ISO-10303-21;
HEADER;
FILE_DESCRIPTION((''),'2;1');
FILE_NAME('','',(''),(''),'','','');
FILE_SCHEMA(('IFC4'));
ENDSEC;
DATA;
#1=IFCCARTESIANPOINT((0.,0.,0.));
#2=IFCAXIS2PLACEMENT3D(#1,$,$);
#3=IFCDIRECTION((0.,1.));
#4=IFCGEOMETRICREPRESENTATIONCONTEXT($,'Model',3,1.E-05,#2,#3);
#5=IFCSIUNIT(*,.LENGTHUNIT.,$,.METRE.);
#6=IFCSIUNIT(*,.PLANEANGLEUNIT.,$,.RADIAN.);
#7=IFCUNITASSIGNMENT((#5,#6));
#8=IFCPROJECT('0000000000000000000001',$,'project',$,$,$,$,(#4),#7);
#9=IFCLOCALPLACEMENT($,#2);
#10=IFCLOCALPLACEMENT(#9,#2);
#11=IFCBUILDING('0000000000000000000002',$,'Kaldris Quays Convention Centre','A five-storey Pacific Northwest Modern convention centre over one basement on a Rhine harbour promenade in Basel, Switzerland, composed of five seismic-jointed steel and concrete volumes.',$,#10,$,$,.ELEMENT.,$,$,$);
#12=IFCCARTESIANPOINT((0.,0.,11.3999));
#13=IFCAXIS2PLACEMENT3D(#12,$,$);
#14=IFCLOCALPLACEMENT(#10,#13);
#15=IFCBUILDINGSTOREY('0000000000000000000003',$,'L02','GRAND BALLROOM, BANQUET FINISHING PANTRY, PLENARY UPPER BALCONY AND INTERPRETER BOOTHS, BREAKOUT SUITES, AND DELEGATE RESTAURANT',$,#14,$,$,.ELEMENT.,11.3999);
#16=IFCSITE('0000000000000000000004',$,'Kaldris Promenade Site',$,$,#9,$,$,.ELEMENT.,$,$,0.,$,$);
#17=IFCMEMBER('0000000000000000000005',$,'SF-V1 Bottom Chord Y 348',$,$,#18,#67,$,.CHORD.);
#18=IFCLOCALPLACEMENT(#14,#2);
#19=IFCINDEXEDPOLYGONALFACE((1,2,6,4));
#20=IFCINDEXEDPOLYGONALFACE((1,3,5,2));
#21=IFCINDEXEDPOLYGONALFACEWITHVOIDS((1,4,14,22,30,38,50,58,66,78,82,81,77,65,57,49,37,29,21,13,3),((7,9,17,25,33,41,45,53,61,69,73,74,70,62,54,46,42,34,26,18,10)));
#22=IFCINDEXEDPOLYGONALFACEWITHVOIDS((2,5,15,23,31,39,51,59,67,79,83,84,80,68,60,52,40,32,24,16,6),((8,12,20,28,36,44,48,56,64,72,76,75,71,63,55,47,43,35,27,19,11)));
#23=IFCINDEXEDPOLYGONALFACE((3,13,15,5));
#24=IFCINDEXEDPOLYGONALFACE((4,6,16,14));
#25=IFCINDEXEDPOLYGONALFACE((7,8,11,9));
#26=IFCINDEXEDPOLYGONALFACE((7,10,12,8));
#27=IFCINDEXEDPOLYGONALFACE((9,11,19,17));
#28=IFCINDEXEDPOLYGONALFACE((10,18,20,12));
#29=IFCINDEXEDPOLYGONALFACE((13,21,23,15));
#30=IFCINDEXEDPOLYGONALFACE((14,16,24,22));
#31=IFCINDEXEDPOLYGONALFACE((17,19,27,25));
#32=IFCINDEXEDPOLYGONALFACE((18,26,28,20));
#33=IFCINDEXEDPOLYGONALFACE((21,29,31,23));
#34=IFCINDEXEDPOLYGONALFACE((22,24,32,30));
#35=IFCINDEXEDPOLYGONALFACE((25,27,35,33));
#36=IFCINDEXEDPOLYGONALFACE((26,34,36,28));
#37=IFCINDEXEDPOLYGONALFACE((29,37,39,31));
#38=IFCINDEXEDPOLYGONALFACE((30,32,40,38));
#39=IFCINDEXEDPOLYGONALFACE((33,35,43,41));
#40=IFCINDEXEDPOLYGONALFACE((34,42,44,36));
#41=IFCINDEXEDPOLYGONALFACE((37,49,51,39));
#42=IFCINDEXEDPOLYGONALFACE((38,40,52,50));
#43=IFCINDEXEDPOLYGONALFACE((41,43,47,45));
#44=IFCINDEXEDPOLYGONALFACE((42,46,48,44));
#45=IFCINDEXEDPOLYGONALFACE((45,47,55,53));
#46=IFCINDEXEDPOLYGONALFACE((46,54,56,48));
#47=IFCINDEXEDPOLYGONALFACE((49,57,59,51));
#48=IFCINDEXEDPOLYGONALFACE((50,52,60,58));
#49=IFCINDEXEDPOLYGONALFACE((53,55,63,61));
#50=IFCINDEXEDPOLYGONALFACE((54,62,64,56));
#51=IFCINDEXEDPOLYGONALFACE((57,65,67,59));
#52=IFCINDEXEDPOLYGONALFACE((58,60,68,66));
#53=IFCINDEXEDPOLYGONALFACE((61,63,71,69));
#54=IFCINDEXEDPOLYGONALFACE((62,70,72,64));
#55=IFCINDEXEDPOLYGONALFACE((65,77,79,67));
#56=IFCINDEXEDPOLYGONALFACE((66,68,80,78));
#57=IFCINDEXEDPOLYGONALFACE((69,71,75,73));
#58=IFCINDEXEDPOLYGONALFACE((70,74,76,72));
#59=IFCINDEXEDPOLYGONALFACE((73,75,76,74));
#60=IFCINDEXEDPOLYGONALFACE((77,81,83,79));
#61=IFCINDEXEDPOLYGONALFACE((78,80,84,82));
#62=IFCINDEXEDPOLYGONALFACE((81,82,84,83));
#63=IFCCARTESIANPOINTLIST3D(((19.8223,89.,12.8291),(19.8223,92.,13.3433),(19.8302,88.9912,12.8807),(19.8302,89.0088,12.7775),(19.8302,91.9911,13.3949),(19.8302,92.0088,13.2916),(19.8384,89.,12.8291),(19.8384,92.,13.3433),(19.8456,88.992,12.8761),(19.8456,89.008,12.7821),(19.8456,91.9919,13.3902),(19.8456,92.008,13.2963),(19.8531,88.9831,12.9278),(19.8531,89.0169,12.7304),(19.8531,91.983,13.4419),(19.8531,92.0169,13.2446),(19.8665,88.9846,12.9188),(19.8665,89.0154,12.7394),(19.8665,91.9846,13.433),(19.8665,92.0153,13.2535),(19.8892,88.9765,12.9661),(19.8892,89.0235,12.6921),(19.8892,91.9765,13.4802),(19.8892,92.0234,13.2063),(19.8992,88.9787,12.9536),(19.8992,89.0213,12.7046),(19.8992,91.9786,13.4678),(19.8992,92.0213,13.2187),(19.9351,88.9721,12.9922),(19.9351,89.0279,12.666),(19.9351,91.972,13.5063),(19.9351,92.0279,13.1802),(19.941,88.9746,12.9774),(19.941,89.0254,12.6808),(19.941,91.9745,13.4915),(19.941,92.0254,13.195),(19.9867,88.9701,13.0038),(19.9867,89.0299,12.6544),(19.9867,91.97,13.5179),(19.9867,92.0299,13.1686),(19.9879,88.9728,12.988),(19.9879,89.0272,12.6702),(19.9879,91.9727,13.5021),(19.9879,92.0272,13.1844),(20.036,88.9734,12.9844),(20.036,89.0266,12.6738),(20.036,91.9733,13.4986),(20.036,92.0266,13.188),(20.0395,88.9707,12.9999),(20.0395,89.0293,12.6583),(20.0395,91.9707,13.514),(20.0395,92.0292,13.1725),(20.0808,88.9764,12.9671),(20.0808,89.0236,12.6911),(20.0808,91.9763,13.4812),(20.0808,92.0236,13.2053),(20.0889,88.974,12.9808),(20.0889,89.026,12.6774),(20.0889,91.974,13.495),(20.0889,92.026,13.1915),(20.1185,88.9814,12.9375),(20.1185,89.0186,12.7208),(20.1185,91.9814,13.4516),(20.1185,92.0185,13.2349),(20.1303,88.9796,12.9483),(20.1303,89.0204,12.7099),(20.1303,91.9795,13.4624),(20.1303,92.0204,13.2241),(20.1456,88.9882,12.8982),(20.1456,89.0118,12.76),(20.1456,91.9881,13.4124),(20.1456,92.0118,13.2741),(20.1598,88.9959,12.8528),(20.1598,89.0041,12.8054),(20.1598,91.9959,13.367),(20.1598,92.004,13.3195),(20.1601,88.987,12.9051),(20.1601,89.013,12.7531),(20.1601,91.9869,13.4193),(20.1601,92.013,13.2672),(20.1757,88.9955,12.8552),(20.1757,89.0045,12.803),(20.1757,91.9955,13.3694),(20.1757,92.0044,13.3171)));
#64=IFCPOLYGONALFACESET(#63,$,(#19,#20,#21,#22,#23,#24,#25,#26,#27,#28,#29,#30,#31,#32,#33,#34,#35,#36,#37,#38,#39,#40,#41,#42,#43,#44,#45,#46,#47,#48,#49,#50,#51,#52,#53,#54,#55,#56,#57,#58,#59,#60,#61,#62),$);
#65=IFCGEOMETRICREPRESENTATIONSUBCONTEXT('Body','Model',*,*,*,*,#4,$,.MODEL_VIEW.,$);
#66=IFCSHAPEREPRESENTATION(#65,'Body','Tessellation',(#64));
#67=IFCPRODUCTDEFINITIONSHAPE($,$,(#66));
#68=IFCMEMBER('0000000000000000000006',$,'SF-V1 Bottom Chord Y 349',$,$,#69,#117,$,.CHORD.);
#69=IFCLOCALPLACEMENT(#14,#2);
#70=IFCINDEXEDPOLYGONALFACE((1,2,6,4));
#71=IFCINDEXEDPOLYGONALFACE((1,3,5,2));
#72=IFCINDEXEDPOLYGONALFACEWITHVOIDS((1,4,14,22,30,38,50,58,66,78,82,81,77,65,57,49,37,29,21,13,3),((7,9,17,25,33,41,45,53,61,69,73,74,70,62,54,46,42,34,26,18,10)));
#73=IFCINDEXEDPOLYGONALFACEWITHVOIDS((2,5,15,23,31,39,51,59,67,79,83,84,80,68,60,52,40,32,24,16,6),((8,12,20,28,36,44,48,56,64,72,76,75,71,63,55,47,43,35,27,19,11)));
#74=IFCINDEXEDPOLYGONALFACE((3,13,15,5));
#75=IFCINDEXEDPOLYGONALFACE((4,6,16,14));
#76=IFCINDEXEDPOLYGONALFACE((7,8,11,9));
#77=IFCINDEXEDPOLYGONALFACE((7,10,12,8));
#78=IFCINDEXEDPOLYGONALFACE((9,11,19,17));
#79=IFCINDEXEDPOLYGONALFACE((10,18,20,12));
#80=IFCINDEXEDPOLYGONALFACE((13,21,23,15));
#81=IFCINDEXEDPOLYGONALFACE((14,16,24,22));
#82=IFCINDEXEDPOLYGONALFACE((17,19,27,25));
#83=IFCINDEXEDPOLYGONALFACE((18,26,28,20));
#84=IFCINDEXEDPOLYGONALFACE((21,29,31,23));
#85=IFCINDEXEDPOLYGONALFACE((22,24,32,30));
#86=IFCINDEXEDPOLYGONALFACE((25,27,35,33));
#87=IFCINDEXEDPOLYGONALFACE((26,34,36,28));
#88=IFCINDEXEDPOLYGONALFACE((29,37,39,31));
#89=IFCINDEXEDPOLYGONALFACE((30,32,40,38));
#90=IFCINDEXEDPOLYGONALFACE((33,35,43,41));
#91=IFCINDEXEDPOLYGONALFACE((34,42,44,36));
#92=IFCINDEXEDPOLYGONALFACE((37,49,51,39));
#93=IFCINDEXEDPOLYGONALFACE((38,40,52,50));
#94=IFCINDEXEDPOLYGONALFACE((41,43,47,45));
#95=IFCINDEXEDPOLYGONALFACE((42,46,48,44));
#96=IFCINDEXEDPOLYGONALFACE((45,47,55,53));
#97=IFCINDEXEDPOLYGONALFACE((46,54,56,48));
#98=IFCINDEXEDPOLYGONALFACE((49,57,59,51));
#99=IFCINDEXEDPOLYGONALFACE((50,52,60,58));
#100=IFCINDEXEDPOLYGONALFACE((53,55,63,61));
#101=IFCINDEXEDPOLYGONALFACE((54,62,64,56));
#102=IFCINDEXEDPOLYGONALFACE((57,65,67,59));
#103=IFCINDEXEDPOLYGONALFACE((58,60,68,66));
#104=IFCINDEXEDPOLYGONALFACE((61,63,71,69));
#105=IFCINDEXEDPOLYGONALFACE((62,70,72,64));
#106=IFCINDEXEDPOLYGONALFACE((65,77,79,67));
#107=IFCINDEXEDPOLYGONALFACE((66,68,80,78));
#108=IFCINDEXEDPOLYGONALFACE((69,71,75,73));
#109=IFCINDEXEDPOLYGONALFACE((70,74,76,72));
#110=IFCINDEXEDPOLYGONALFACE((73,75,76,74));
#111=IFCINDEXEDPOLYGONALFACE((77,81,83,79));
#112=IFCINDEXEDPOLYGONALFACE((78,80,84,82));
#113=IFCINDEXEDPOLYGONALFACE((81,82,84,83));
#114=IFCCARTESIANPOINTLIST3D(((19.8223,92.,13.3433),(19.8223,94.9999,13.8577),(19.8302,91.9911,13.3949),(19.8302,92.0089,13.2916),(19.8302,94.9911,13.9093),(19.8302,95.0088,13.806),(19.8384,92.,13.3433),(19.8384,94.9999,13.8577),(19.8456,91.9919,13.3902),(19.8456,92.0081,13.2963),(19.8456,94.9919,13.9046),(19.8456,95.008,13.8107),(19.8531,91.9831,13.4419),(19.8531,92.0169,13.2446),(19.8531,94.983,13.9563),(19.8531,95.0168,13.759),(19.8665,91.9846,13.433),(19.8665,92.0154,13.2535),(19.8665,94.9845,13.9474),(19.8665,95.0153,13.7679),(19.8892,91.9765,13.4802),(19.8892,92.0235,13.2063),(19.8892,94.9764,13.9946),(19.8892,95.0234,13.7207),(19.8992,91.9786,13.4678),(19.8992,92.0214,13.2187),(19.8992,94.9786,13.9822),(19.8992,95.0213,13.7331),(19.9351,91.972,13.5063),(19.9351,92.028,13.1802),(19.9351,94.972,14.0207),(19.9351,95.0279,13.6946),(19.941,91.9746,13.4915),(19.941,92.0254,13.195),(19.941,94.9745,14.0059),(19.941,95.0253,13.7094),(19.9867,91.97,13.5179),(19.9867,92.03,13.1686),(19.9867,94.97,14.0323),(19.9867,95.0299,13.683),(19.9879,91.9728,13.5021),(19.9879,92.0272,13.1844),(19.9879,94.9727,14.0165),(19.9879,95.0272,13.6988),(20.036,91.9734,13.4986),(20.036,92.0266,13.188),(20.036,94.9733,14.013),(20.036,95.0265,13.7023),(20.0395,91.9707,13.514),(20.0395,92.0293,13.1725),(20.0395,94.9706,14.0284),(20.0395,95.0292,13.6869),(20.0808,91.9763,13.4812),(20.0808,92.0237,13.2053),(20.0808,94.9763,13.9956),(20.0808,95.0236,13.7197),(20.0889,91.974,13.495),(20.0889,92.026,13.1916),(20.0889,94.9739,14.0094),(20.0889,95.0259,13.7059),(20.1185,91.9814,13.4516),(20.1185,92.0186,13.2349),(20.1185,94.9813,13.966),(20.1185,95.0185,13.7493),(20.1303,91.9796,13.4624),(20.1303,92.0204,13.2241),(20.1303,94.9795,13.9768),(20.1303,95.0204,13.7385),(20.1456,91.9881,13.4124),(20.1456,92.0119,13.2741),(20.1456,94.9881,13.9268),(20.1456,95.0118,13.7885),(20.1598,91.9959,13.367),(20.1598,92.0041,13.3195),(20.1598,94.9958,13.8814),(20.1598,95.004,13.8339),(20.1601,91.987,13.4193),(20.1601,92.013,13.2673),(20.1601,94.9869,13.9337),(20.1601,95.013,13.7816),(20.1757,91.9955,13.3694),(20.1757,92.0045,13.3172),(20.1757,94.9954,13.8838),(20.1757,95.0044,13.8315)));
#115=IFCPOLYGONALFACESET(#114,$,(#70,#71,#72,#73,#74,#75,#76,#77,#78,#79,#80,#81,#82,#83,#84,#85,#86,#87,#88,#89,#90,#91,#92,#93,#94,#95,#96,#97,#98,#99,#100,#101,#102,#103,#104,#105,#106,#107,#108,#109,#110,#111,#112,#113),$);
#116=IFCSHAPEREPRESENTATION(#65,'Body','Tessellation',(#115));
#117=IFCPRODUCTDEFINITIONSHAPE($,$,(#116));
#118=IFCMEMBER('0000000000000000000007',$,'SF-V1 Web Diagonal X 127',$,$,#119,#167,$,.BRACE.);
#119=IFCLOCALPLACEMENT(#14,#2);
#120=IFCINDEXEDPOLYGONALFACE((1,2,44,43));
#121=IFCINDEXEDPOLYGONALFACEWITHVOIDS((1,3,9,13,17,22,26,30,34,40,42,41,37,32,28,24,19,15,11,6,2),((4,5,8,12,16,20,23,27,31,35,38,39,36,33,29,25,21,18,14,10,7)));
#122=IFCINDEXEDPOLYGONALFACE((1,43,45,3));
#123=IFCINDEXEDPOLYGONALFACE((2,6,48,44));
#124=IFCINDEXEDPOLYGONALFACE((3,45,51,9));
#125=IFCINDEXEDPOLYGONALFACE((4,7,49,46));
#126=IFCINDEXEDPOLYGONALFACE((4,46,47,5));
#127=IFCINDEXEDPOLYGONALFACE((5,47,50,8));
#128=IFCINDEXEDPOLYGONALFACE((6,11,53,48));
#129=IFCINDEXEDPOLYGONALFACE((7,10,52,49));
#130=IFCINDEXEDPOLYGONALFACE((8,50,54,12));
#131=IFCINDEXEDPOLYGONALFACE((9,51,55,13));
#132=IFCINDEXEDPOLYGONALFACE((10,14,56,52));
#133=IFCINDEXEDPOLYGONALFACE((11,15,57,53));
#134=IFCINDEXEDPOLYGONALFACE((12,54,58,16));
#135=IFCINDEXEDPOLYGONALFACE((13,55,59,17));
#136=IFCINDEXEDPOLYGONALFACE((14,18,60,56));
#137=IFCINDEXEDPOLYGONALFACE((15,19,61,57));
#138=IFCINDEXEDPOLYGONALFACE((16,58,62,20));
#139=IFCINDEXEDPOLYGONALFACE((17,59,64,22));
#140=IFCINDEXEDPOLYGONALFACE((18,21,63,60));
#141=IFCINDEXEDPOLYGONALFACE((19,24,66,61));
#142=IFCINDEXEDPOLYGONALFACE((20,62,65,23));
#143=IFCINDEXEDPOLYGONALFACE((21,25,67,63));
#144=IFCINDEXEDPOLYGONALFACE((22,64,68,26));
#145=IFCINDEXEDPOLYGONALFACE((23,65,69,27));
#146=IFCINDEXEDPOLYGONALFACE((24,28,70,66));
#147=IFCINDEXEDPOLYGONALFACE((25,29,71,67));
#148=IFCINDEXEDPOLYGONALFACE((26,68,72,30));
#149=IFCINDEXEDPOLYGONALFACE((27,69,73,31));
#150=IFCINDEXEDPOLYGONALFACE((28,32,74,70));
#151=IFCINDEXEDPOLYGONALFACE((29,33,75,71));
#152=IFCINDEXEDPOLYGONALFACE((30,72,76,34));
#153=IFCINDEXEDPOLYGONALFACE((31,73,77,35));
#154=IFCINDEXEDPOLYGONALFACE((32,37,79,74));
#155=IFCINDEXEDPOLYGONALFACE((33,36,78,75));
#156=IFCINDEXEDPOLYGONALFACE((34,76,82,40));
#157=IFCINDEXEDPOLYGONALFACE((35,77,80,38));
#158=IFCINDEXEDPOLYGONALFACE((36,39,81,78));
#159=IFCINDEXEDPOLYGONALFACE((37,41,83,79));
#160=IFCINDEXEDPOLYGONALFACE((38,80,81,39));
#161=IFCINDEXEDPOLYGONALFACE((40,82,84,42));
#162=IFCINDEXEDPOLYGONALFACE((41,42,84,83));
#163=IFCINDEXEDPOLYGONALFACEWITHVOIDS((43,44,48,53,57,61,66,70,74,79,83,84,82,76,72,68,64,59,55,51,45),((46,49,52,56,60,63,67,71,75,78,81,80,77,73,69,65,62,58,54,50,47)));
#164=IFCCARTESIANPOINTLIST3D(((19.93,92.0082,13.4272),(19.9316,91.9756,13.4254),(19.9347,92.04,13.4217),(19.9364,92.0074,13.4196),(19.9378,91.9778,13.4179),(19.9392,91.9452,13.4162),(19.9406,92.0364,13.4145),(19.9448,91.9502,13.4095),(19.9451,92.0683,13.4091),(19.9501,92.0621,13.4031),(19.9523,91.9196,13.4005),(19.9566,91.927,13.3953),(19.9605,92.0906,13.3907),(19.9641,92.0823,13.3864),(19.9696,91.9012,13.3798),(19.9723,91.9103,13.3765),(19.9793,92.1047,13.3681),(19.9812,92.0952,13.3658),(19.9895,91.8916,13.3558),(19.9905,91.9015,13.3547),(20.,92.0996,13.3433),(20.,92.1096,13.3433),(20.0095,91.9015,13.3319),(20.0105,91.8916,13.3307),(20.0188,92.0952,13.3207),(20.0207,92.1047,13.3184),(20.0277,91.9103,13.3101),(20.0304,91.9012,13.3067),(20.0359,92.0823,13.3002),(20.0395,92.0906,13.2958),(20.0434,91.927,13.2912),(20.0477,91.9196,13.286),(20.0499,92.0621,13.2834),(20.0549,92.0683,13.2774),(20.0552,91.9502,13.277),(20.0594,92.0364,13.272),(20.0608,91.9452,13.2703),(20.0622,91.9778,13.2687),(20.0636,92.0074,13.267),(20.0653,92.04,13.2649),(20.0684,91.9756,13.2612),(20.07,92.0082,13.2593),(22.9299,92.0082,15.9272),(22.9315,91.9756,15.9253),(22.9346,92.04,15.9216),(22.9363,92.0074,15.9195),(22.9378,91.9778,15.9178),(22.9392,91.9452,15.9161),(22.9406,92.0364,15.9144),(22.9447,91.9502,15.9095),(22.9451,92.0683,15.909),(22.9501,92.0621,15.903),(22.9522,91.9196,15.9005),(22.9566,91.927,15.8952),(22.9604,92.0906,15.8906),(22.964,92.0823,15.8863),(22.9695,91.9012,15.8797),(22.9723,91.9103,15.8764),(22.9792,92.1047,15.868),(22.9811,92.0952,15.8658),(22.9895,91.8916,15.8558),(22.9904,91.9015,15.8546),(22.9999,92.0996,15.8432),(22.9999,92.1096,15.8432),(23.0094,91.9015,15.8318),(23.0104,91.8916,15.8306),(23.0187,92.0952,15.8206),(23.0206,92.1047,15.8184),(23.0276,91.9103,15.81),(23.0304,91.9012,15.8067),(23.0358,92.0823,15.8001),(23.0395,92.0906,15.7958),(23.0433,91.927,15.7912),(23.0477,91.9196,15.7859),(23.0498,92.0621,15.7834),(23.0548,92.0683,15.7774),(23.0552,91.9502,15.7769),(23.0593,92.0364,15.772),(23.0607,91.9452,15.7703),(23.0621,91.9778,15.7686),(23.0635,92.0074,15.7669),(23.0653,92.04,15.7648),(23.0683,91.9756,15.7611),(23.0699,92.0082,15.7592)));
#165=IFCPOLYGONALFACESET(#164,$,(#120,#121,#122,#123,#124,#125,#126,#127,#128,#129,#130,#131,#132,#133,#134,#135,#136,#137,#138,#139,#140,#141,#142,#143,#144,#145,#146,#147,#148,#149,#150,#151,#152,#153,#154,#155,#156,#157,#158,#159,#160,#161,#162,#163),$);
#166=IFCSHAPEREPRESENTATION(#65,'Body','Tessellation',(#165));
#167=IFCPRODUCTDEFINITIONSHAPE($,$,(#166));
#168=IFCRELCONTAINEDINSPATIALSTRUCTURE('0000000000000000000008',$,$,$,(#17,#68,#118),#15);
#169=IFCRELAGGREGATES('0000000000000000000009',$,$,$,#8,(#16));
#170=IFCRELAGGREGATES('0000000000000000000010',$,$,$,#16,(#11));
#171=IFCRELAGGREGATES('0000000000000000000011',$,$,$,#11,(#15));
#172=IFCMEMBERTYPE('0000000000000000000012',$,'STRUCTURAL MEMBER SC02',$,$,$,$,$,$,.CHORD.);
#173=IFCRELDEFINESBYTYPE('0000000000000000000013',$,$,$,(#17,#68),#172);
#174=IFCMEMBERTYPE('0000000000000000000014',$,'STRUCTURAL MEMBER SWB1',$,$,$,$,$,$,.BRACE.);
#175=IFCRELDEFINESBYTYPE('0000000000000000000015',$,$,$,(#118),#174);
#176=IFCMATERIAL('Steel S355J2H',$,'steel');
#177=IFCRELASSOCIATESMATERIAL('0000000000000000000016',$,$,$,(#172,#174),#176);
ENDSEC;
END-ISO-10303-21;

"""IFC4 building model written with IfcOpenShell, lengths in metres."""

from ifc_helpers import new_model, si_unit, direction, frame, origin, origin_2d, place, context, subcontext, project, spatial, hollow_circle, extrude, material, material_profile, profile_set, type_object, element, save


model = new_model("IFC4")

# Units and contexts
model_context = context("Model", 3, precision=1e-05, world=origin(), true_north=direction((0.0, 1.0)))
body_context = subcontext(model_context, "Body", "Model", "MODEL_VIEW")
ifc_project = project(units=[si_unit("LENGTHUNIT", "METRE"), si_unit("PLANEANGLEUNIT", "RADIAN")], contexts=[model_context])

# Site, building, storey
site_placement = place(None, origin())
site = spatial("IfcSite", under=ifc_project, at=site_placement, Name="Kaldris Promenade Site", CompositionType="ELEMENT", RefElevation=0.0)
building_placement = place(site_placement, origin())
building = spatial("IfcBuilding", under=site, at=building_placement, Name="Kaldris Quays Convention Centre", Description="A five-storey Pacific Northwest Modern convention centre over one basement on a Rhine harbour promenade in Basel, Switzerland, composed of five seismic-jointed steel and concrete volumes.", CompositionType="ELEMENT")
storey_placement = place(building_placement, frame((0.0, 0.0, 11.3999)))
storey = spatial("IfcBuildingStorey", under=building, at=storey_placement, Name="L02", Description="GRAND BALLROOM, BANQUET FINISHING PANTRY, PLENARY UPPER BALCONY AND INTERPRETER BOOTHS, BREAKOUT SUITES, AND DELEGATE RESTAURANT", CompositionType="ELEMENT", Elevation=11.3999)

# Members
ifc_material_1 = material(Name="Steel S355J2H", Category="steel")
ifc_material_profile_1 = material_profile(ifc_material_1, hollow_circle(Radius=0.1777, WallThickness=0.0161, at=origin_2d()), Name="CHS 355.6x16")
ifc_profile_set_1 = profile_set([ifc_material_profile_1], Name="Steel S355J2H")
member_type_1 = type_object("IfcMemberType", Name="STRUCTURAL MEMBER SC02", PredefinedType="CHORD", material=ifc_profile_set_1)
for number, where, z_axis, x_axis, name in (
    (1, (20.0, 89.0, 12.8291), (0.0, 0.985629, 0.168924), (-1.0, 0.0, 0.0), "SF-V1 Bottom Chord Y 348"),
    (2, (20.0, 92.0, 13.3433), (0.0, 0.985616, 0.169002), (-1.0, 0.0, 0.0), "SF-V1 Bottom Chord Y 349"),
):
    element("IfcMember", number, at=place(storey_placement, frame(where, z_axis=z_axis, x_axis=x_axis)), inside=storey, type_object=member_type_1, Name=name, PredefinedType="CHORD", context=body_context, shape_type="SweptSolid", body=[
        extrude(hollow_circle(Radius=0.1777, WallThickness=0.0161, at=origin_2d()), origin(), (0.0, 0.0, 1.0), 3.0437),
    ])
ifc_material_profile_2 = material_profile(ifc_material_1, hollow_circle(Radius=0.1096, WallThickness=0.01, at=origin_2d()), Name="CHS 219.1x10")
ifc_profile_set_2 = profile_set([ifc_material_profile_2], Name="Steel S355J2H")
member_type_2 = type_object("IfcMemberType", Name="STRUCTURAL MEMBER SWB1", PredefinedType="BRACE", material=ifc_profile_set_2)
member_1_placement = place(storey_placement, frame((20.0, 92.0, 13.3433), z_axis=(0.768221, 0.0, 0.640184), x_axis=(0.0, 1.0, 0.0)))
element("IfcMember", 3, at=member_1_placement, inside=storey, type_object=member_type_2, Name="SF-V1 Web Diagonal X 127", PredefinedType="BRACE", context=body_context, shape_type="SweptSolid", body=[
    extrude(hollow_circle(Radius=0.1096, WallThickness=0.01, at=origin_2d()), origin(), (0.0, 0.0, 1.0), 3.905),
])

save(model, "model.ifc")
